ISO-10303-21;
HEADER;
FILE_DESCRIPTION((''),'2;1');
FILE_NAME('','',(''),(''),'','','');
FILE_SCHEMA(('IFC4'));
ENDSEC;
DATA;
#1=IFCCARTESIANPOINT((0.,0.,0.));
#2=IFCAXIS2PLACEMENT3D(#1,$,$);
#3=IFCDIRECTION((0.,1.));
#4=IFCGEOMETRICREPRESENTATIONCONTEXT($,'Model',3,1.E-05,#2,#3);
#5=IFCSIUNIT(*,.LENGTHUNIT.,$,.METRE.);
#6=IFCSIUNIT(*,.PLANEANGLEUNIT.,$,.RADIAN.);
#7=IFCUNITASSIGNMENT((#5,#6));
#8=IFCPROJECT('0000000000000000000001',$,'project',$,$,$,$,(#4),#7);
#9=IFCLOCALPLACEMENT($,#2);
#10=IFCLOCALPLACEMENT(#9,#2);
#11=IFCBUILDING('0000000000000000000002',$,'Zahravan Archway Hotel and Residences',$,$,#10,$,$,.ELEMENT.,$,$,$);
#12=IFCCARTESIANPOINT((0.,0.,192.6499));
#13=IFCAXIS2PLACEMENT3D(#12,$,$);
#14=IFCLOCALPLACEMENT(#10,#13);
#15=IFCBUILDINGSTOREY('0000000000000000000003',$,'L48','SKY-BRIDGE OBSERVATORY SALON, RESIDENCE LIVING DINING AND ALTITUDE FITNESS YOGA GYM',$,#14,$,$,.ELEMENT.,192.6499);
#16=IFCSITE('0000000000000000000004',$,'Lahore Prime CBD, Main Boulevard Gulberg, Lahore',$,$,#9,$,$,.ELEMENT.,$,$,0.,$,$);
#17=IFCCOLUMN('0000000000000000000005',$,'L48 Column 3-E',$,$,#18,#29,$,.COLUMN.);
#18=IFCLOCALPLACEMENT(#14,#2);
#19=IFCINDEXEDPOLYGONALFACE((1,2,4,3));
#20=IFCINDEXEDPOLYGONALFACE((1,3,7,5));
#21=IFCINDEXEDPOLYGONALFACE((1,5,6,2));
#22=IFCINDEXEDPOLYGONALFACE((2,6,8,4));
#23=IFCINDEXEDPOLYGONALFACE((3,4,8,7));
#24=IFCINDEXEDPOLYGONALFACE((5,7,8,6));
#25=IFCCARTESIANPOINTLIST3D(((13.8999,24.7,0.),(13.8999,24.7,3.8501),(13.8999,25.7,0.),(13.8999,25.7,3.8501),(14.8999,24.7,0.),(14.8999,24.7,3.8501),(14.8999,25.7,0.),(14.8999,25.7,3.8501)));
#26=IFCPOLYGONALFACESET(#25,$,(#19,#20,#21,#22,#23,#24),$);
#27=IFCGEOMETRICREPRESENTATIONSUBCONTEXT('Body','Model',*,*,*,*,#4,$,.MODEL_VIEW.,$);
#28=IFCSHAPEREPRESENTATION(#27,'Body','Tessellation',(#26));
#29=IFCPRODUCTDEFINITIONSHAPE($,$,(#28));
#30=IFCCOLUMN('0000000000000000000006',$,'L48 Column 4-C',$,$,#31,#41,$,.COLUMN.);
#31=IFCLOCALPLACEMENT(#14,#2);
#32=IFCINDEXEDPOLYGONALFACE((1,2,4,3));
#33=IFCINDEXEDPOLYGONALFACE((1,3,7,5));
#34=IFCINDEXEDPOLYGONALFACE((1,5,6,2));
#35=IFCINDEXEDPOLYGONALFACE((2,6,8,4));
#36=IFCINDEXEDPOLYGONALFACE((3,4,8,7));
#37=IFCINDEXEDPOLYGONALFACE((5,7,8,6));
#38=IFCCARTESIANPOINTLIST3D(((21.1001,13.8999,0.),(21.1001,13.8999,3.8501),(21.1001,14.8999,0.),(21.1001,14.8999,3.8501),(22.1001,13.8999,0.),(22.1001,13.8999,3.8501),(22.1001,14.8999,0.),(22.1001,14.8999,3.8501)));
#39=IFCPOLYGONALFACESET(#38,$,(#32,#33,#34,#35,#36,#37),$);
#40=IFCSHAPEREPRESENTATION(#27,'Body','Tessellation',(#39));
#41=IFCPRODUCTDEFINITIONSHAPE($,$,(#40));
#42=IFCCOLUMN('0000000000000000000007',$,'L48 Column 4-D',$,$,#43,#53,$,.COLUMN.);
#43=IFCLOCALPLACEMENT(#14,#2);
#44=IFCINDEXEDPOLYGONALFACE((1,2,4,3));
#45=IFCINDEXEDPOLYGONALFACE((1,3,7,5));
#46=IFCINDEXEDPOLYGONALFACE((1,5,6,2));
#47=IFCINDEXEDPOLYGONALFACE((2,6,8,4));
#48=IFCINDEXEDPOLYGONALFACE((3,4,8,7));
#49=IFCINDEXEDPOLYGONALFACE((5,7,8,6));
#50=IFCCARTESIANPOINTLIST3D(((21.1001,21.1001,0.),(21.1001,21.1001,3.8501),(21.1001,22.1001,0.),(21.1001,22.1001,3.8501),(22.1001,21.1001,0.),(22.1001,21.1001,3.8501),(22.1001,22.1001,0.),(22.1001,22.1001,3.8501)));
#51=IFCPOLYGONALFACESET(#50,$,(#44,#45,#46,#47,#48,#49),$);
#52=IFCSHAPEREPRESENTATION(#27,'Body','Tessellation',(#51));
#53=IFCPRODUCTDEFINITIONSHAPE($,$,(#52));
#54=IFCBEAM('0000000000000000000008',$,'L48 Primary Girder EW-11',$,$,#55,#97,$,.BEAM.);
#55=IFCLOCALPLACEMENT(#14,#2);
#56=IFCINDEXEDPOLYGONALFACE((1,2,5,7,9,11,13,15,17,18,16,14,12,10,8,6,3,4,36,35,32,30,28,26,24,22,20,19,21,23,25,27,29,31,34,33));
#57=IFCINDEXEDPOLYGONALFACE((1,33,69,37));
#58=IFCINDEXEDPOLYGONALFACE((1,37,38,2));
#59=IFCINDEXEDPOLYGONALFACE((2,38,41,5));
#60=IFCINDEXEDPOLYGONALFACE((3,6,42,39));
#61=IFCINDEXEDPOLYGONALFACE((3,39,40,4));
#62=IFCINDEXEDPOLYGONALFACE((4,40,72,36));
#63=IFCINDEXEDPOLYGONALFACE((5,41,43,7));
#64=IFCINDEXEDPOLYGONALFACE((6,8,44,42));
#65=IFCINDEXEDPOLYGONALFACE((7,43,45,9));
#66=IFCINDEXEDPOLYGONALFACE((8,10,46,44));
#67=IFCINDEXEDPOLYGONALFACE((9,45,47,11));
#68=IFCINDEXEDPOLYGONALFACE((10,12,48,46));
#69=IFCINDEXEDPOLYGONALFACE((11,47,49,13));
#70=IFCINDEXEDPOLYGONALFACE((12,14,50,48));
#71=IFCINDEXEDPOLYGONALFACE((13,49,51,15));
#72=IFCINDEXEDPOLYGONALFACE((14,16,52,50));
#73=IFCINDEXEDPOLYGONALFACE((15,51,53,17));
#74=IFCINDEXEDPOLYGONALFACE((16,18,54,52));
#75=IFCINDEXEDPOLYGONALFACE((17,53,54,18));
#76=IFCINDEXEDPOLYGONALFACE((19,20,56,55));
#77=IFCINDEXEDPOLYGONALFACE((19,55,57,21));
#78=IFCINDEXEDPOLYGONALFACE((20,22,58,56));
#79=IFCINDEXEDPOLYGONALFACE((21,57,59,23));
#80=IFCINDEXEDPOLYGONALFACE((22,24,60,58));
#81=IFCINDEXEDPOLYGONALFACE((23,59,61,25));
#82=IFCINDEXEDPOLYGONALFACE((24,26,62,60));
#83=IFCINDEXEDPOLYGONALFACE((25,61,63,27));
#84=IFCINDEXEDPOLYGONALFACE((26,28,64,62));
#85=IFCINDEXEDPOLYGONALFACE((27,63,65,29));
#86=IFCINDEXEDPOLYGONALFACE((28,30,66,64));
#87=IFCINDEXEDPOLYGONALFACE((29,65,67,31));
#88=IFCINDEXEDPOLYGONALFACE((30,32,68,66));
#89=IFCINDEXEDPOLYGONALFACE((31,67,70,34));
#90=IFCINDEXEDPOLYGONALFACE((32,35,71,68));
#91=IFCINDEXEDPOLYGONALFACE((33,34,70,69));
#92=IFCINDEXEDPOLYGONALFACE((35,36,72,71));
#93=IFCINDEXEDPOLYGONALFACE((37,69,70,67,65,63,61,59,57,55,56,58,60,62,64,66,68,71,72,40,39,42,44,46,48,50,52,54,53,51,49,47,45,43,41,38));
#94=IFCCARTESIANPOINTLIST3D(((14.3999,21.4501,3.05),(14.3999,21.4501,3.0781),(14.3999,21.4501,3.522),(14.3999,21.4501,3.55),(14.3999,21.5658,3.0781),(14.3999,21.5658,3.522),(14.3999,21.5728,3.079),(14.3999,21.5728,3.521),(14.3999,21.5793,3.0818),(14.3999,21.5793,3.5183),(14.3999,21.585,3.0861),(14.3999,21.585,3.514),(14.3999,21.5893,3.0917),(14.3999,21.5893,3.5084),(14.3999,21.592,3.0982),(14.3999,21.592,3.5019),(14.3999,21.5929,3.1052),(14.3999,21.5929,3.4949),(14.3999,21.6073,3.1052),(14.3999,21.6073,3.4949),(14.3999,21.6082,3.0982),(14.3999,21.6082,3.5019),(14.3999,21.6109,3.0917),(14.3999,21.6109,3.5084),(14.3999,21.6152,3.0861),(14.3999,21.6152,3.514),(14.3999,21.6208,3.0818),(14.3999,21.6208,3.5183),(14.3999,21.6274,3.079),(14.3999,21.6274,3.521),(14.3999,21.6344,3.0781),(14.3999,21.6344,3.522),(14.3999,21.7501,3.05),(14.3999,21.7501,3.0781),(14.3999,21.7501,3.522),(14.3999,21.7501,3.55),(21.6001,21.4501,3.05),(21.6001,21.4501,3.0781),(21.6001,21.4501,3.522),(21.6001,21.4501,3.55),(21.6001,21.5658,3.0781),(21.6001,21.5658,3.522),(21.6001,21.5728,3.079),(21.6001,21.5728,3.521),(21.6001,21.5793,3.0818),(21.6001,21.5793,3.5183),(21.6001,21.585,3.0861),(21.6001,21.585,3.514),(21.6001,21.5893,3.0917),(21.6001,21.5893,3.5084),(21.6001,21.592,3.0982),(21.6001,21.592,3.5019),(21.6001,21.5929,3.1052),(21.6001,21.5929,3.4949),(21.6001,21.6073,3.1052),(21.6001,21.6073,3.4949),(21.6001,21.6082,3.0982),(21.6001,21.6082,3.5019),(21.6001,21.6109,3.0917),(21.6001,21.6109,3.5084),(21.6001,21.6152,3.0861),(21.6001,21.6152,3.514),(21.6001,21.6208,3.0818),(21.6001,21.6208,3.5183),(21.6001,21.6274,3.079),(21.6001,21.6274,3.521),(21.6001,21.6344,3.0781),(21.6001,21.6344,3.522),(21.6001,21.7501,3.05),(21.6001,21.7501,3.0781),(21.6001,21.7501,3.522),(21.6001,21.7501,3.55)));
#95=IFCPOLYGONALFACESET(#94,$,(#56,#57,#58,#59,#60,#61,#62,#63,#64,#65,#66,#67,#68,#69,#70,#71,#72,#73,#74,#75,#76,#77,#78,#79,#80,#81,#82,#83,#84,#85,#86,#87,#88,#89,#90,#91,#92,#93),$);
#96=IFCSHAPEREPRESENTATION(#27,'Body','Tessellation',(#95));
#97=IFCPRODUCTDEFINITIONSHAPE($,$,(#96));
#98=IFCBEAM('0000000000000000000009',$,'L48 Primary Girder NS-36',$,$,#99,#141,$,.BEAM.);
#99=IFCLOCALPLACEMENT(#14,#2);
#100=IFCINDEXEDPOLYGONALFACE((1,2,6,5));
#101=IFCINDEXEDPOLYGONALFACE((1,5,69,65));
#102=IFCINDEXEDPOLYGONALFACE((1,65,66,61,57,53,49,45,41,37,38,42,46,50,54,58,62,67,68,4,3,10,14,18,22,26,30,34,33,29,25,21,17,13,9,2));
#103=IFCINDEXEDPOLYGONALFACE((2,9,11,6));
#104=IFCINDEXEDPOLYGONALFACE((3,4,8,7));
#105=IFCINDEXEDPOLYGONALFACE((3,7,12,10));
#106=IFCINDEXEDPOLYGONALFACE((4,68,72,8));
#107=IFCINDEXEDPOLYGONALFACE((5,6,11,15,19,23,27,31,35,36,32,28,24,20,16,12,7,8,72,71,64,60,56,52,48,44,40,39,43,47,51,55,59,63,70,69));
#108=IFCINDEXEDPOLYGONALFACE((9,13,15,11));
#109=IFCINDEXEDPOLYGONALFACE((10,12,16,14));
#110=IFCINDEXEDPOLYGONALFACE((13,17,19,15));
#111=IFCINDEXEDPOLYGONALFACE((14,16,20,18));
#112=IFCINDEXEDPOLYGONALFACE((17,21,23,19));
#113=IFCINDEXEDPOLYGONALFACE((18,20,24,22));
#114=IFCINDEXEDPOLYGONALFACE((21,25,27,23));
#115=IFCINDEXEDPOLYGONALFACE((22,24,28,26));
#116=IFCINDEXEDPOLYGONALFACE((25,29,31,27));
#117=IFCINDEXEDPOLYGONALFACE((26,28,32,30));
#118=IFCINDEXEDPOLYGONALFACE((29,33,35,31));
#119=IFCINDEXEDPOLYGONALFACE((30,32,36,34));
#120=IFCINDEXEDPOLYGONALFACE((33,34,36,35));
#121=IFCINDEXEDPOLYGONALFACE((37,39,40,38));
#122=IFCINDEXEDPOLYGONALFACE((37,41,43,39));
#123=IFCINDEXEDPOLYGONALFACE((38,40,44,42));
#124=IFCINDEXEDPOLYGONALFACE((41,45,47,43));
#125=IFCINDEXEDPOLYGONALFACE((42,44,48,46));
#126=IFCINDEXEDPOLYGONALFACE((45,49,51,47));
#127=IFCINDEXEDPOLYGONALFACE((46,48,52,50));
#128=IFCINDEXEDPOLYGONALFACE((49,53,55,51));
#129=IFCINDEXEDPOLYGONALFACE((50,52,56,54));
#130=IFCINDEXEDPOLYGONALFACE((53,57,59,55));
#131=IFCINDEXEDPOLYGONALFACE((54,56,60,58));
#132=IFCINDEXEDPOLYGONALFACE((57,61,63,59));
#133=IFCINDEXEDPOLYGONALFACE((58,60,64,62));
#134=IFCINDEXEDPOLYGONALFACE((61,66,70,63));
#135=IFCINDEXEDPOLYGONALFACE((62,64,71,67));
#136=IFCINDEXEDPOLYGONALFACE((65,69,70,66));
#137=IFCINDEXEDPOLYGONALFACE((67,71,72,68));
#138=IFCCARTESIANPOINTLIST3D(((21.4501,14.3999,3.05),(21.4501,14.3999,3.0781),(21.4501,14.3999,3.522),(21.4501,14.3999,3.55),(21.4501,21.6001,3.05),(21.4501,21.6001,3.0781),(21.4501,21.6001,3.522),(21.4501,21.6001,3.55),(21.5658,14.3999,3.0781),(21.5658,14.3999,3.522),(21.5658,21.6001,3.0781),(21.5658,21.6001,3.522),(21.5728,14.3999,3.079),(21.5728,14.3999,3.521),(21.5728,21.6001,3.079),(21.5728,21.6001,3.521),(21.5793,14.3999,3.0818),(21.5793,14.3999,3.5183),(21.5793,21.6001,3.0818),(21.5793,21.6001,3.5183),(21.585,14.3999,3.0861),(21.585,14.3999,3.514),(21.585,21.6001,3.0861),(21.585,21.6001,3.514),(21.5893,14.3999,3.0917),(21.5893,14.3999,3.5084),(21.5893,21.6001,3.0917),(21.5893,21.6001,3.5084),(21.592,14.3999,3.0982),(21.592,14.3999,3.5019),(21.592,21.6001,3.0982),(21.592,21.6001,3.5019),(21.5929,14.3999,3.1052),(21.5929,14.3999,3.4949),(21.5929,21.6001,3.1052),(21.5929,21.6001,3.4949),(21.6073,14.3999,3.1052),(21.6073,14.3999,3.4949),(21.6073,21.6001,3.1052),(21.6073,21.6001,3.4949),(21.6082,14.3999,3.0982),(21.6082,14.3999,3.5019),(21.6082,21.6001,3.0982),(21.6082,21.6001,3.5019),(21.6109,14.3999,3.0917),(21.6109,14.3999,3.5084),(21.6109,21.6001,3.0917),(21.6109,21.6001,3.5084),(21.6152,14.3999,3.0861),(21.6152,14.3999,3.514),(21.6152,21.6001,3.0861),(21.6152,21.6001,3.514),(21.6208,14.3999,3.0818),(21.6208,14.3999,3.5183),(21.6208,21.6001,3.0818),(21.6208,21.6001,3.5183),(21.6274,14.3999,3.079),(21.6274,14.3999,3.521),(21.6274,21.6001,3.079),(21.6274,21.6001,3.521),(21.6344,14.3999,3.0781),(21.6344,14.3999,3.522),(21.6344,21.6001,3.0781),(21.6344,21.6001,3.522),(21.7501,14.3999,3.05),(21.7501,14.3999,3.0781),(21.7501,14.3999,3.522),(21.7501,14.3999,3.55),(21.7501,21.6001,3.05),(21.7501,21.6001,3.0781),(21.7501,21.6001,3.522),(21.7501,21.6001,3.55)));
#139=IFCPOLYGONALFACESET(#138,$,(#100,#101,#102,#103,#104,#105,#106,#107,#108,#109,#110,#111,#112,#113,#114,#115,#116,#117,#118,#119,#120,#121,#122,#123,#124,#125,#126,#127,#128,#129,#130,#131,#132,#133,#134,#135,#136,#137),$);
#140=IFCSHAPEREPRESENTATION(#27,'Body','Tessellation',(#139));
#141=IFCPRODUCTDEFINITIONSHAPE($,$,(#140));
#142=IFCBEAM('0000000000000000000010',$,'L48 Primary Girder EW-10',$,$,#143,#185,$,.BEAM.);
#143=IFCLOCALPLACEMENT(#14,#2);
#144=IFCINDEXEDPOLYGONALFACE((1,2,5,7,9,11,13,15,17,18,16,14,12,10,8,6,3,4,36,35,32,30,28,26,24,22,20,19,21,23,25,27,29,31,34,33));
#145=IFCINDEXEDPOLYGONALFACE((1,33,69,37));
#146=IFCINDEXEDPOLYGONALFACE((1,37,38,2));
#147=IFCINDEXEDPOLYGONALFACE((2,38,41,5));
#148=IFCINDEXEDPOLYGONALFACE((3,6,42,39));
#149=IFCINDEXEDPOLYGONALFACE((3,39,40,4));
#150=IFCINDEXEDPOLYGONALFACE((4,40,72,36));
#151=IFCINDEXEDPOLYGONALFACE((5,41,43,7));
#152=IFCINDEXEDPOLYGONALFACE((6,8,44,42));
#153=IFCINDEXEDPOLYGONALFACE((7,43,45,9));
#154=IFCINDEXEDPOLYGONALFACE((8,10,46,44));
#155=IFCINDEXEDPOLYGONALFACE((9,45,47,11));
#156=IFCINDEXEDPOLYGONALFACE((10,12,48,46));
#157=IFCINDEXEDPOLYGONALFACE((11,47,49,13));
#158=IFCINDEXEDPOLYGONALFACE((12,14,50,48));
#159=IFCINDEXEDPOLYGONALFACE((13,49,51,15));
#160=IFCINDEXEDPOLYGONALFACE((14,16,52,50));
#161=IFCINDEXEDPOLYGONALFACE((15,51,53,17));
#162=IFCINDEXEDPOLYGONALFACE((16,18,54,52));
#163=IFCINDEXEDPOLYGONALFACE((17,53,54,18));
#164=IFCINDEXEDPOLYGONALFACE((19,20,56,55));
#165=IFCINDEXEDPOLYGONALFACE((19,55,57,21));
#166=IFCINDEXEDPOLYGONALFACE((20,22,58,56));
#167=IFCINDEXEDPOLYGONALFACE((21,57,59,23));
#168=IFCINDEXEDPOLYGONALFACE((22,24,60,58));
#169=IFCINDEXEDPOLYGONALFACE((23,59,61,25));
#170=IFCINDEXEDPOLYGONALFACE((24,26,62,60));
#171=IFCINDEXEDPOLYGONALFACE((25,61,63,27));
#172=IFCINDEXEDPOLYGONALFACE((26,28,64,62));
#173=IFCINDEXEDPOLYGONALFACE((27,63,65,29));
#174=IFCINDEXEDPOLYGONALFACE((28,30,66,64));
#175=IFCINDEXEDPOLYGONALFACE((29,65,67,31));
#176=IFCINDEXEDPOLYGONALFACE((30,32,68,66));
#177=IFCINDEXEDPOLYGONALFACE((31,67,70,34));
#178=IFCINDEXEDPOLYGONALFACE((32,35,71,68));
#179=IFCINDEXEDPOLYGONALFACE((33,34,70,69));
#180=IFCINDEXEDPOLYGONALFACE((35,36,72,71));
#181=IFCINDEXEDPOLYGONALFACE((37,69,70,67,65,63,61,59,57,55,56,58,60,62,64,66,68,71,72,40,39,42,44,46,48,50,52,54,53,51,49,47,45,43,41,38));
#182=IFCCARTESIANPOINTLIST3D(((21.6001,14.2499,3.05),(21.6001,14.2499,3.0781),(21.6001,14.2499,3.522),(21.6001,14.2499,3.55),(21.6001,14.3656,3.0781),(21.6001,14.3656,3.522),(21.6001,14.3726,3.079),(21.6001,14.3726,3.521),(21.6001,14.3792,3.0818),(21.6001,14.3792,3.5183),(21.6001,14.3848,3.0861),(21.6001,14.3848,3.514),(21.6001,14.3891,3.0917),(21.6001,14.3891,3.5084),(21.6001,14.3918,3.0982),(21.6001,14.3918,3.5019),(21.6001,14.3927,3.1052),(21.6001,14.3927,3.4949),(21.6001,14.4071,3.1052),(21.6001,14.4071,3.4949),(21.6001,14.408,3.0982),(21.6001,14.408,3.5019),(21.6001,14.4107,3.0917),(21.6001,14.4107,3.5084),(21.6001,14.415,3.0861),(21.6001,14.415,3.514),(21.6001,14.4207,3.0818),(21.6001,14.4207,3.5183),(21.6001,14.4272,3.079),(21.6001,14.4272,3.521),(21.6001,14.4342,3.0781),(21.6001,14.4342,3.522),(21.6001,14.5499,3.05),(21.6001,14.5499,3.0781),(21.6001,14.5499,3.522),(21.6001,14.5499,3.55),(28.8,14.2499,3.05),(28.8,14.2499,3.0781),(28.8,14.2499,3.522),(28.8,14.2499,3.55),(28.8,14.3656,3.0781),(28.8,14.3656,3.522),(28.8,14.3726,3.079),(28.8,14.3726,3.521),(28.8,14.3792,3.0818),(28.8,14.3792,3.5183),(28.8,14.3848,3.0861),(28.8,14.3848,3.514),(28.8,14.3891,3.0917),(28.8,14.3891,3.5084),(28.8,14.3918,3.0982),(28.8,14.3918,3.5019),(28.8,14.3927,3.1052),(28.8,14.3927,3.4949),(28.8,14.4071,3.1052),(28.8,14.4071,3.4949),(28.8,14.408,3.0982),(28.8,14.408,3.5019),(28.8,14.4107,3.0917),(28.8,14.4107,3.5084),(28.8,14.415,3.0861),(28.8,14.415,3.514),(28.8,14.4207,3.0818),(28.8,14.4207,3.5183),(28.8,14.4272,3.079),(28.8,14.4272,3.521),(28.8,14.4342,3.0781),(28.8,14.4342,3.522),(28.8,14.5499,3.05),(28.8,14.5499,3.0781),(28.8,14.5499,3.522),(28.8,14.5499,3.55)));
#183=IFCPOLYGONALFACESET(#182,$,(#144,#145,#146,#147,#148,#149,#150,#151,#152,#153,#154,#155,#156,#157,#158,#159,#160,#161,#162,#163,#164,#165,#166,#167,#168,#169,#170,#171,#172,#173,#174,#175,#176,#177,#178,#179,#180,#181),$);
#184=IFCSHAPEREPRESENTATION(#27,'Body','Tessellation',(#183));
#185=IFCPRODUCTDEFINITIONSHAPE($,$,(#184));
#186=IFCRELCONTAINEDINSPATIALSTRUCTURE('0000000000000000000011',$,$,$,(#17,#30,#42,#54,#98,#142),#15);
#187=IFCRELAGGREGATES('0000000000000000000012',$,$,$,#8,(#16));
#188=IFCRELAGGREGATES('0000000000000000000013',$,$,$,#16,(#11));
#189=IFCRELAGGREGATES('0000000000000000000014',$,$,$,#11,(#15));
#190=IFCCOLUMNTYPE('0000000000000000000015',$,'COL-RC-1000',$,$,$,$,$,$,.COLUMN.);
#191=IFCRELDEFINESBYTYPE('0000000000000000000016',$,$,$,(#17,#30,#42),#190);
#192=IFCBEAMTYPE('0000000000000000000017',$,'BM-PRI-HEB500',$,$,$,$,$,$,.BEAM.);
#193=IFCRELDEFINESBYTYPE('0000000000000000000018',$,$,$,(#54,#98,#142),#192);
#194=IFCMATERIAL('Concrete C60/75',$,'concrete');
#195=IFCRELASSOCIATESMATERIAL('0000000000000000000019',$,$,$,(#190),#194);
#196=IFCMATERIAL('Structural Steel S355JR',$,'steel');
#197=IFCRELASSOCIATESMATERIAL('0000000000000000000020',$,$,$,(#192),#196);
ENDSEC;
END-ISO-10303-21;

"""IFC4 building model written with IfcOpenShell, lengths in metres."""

from ifc_helpers import new_model, si_unit, direction, frame, origin, origin_2d, place, context, subcontext, project, spatial, rectangle, i_section, extrude, source, transform, mapped, material, material_profile, profile_set, type_object, type_shapes, element, save


model = new_model("IFC4")

# Units and contexts
model_context = context("Model", 3, precision=1e-05, world=origin(), true_north=direction((0.0, 1.0)))
body_context = subcontext(model_context, "Body", "Model", "MODEL_VIEW")
ifc_project = project(units=[si_unit("LENGTHUNIT", "METRE"), si_unit("PLANEANGLEUNIT", "RADIAN")], contexts=[model_context])

# Site, building, storey
site_placement = place(None, origin())
site = spatial("IfcSite", under=ifc_project, at=site_placement, Name="Lahore Prime CBD, Main Boulevard Gulberg, Lahore", CompositionType="ELEMENT", RefElevation=0.0)
building_placement = place(site_placement, origin())
building = spatial("IfcBuilding", under=site, at=building_placement, Name="Zahravan Archway Hotel and Residences", CompositionType="ELEMENT")
storey_placement = place(building_placement, frame((0.0, 0.0, 192.6499)))
storey = spatial("IfcBuildingStorey", under=building, at=storey_placement, Name="L48", Description="SKY-BRIDGE OBSERVATORY SALON, RESIDENCE LIVING DINING AND ALTITUDE FITNESS YOGA GYM", CompositionType="ELEMENT", Elevation=192.6499)

# Columns
ifc_material_1 = material(Name="Concrete C60/75", Category="concrete")
ifc_material_profile_1 = material_profile(ifc_material_1, rectangle(XDim=1.0, YDim=1.0, at=origin_2d()), Name="RC-COL-1000x1000", Category="concrete")
ifc_profile_set_1 = profile_set([ifc_material_profile_1], Name="Concrete C60/75")
column_type = type_object("IfcColumnType", Name="COL-RC-1000", PredefinedType="COLUMN", material=ifc_profile_set_1)
shared_shape_1 = source(origin(), body_context, "Body", "SweptSolid", [
    extrude(rectangle(XDim=1.0, YDim=1.0, at=origin_2d()), origin(), (0.0, 0.0, 1.0), 3.8501),
])
for number, where, z_axis, x_axis, name in (
    (1, (14.3999, 25.2, 0.0), (0.0, 0.0, 1.0), (1.0, 0.0, 0.0), "L48 Column 3-E"),
    (2, (21.6001, 14.3999, 0.0), (0.0, 0.0, 1.0), (1.0, 0.0, 0.0), "L48 Column 4-C"),
    (3, (21.6001, 21.6001, 0.0), (0.0, 0.0, 1.0), (1.0, 0.0, 0.0), "L48 Column 4-D"),
):
    element("IfcColumn", number, at=place(storey_placement, frame(where, z_axis=z_axis, x_axis=x_axis)), inside=storey, type_object=column_type, Name=name, PredefinedType="COLUMN", context=body_context, shape_type="MappedRepresentation", body=[
        mapped(shared_shape_1, transform((0.0, 0.0, 0.0), scale=1.0)),
    ])

# Beams
ifc_material_2 = material(Name="Structural Steel S355JR", Category="steel")
ifc_material_profile_2 = material_profile(ifc_material_2, i_section(OverallWidth=0.3, OverallDepth=0.5, WebThickness=0.0144, FlangeThickness=0.0281, FilletRadius=0.0271, at=origin_2d()), Name="HEB 500", Category="steel")
ifc_profile_set_2 = profile_set([ifc_material_profile_2], Name="Structural Steel S355JR")
beam_type_1 = type_object("IfcBeamType", Name="BM-PRI-HEB500", PredefinedType="BEAM", material=ifc_profile_set_2)
shared_shape_2 = source(origin(), body_context, "Body", "SweptSolid", [
    extrude(i_section(OverallWidth=0.3, OverallDepth=0.5, WebThickness=0.0144, FlangeThickness=0.0281, FilletRadius=0.0271, at=origin_2d()), origin(), (0.0, 0.0, 1.0), 7.2002),
])
type_shapes(beam_type_1, [shared_shape_2])
for number, where, z_axis, x_axis, name in (
    (4, (14.3999, 21.6001, 3.3), (1.0, 0.0, 0.0), (0.0, 1.0, 0.0), "L48 Primary Girder EW-11"),
    (5, (21.6001, 14.3999, 3.3), (0.0, 1.0, 0.0), (-1.0, 0.0, 0.0), "L48 Primary Girder NS-36"),
):
    element("IfcBeam", number, at=place(storey_placement, frame(where, z_axis=z_axis, x_axis=x_axis)), inside=storey, type_object=beam_type_1, Name=name, PredefinedType="BEAM", context=body_context, shape_type="MappedRepresentation", body=[
        mapped(shared_shape_2, transform((0.0, 0.0, 0.0), scale=1.0)),
    ])
shared_shape_3 = source(origin(), body_context, "Body", "SweptSolid", [
    extrude(i_section(OverallWidth=0.3, OverallDepth=0.5, WebThickness=0.0144, FlangeThickness=0.0281, FilletRadius=0.0271, at=origin_2d()), origin(), (0.0, 0.0, 1.0), 7.2),
])
for number, where, z_axis, x_axis, name in (
    (6, (21.6001, 14.3999, 3.3), (1.0, 0.0, 0.0), (0.0, 1.0, 0.0), "L48 Primary Girder EW-10"),
):
    element("IfcBeam", number, at=place(storey_placement, frame(where, z_axis=z_axis, x_axis=x_axis)), inside=storey, type_object=beam_type_1, Name=name, PredefinedType="BEAM", context=body_context, shape_type="MappedRepresentation", body=[
        mapped(shared_shape_3, transform((0.0, 0.0, 0.0), scale=1.0)),
    ])

save(model, "model.ifc")
